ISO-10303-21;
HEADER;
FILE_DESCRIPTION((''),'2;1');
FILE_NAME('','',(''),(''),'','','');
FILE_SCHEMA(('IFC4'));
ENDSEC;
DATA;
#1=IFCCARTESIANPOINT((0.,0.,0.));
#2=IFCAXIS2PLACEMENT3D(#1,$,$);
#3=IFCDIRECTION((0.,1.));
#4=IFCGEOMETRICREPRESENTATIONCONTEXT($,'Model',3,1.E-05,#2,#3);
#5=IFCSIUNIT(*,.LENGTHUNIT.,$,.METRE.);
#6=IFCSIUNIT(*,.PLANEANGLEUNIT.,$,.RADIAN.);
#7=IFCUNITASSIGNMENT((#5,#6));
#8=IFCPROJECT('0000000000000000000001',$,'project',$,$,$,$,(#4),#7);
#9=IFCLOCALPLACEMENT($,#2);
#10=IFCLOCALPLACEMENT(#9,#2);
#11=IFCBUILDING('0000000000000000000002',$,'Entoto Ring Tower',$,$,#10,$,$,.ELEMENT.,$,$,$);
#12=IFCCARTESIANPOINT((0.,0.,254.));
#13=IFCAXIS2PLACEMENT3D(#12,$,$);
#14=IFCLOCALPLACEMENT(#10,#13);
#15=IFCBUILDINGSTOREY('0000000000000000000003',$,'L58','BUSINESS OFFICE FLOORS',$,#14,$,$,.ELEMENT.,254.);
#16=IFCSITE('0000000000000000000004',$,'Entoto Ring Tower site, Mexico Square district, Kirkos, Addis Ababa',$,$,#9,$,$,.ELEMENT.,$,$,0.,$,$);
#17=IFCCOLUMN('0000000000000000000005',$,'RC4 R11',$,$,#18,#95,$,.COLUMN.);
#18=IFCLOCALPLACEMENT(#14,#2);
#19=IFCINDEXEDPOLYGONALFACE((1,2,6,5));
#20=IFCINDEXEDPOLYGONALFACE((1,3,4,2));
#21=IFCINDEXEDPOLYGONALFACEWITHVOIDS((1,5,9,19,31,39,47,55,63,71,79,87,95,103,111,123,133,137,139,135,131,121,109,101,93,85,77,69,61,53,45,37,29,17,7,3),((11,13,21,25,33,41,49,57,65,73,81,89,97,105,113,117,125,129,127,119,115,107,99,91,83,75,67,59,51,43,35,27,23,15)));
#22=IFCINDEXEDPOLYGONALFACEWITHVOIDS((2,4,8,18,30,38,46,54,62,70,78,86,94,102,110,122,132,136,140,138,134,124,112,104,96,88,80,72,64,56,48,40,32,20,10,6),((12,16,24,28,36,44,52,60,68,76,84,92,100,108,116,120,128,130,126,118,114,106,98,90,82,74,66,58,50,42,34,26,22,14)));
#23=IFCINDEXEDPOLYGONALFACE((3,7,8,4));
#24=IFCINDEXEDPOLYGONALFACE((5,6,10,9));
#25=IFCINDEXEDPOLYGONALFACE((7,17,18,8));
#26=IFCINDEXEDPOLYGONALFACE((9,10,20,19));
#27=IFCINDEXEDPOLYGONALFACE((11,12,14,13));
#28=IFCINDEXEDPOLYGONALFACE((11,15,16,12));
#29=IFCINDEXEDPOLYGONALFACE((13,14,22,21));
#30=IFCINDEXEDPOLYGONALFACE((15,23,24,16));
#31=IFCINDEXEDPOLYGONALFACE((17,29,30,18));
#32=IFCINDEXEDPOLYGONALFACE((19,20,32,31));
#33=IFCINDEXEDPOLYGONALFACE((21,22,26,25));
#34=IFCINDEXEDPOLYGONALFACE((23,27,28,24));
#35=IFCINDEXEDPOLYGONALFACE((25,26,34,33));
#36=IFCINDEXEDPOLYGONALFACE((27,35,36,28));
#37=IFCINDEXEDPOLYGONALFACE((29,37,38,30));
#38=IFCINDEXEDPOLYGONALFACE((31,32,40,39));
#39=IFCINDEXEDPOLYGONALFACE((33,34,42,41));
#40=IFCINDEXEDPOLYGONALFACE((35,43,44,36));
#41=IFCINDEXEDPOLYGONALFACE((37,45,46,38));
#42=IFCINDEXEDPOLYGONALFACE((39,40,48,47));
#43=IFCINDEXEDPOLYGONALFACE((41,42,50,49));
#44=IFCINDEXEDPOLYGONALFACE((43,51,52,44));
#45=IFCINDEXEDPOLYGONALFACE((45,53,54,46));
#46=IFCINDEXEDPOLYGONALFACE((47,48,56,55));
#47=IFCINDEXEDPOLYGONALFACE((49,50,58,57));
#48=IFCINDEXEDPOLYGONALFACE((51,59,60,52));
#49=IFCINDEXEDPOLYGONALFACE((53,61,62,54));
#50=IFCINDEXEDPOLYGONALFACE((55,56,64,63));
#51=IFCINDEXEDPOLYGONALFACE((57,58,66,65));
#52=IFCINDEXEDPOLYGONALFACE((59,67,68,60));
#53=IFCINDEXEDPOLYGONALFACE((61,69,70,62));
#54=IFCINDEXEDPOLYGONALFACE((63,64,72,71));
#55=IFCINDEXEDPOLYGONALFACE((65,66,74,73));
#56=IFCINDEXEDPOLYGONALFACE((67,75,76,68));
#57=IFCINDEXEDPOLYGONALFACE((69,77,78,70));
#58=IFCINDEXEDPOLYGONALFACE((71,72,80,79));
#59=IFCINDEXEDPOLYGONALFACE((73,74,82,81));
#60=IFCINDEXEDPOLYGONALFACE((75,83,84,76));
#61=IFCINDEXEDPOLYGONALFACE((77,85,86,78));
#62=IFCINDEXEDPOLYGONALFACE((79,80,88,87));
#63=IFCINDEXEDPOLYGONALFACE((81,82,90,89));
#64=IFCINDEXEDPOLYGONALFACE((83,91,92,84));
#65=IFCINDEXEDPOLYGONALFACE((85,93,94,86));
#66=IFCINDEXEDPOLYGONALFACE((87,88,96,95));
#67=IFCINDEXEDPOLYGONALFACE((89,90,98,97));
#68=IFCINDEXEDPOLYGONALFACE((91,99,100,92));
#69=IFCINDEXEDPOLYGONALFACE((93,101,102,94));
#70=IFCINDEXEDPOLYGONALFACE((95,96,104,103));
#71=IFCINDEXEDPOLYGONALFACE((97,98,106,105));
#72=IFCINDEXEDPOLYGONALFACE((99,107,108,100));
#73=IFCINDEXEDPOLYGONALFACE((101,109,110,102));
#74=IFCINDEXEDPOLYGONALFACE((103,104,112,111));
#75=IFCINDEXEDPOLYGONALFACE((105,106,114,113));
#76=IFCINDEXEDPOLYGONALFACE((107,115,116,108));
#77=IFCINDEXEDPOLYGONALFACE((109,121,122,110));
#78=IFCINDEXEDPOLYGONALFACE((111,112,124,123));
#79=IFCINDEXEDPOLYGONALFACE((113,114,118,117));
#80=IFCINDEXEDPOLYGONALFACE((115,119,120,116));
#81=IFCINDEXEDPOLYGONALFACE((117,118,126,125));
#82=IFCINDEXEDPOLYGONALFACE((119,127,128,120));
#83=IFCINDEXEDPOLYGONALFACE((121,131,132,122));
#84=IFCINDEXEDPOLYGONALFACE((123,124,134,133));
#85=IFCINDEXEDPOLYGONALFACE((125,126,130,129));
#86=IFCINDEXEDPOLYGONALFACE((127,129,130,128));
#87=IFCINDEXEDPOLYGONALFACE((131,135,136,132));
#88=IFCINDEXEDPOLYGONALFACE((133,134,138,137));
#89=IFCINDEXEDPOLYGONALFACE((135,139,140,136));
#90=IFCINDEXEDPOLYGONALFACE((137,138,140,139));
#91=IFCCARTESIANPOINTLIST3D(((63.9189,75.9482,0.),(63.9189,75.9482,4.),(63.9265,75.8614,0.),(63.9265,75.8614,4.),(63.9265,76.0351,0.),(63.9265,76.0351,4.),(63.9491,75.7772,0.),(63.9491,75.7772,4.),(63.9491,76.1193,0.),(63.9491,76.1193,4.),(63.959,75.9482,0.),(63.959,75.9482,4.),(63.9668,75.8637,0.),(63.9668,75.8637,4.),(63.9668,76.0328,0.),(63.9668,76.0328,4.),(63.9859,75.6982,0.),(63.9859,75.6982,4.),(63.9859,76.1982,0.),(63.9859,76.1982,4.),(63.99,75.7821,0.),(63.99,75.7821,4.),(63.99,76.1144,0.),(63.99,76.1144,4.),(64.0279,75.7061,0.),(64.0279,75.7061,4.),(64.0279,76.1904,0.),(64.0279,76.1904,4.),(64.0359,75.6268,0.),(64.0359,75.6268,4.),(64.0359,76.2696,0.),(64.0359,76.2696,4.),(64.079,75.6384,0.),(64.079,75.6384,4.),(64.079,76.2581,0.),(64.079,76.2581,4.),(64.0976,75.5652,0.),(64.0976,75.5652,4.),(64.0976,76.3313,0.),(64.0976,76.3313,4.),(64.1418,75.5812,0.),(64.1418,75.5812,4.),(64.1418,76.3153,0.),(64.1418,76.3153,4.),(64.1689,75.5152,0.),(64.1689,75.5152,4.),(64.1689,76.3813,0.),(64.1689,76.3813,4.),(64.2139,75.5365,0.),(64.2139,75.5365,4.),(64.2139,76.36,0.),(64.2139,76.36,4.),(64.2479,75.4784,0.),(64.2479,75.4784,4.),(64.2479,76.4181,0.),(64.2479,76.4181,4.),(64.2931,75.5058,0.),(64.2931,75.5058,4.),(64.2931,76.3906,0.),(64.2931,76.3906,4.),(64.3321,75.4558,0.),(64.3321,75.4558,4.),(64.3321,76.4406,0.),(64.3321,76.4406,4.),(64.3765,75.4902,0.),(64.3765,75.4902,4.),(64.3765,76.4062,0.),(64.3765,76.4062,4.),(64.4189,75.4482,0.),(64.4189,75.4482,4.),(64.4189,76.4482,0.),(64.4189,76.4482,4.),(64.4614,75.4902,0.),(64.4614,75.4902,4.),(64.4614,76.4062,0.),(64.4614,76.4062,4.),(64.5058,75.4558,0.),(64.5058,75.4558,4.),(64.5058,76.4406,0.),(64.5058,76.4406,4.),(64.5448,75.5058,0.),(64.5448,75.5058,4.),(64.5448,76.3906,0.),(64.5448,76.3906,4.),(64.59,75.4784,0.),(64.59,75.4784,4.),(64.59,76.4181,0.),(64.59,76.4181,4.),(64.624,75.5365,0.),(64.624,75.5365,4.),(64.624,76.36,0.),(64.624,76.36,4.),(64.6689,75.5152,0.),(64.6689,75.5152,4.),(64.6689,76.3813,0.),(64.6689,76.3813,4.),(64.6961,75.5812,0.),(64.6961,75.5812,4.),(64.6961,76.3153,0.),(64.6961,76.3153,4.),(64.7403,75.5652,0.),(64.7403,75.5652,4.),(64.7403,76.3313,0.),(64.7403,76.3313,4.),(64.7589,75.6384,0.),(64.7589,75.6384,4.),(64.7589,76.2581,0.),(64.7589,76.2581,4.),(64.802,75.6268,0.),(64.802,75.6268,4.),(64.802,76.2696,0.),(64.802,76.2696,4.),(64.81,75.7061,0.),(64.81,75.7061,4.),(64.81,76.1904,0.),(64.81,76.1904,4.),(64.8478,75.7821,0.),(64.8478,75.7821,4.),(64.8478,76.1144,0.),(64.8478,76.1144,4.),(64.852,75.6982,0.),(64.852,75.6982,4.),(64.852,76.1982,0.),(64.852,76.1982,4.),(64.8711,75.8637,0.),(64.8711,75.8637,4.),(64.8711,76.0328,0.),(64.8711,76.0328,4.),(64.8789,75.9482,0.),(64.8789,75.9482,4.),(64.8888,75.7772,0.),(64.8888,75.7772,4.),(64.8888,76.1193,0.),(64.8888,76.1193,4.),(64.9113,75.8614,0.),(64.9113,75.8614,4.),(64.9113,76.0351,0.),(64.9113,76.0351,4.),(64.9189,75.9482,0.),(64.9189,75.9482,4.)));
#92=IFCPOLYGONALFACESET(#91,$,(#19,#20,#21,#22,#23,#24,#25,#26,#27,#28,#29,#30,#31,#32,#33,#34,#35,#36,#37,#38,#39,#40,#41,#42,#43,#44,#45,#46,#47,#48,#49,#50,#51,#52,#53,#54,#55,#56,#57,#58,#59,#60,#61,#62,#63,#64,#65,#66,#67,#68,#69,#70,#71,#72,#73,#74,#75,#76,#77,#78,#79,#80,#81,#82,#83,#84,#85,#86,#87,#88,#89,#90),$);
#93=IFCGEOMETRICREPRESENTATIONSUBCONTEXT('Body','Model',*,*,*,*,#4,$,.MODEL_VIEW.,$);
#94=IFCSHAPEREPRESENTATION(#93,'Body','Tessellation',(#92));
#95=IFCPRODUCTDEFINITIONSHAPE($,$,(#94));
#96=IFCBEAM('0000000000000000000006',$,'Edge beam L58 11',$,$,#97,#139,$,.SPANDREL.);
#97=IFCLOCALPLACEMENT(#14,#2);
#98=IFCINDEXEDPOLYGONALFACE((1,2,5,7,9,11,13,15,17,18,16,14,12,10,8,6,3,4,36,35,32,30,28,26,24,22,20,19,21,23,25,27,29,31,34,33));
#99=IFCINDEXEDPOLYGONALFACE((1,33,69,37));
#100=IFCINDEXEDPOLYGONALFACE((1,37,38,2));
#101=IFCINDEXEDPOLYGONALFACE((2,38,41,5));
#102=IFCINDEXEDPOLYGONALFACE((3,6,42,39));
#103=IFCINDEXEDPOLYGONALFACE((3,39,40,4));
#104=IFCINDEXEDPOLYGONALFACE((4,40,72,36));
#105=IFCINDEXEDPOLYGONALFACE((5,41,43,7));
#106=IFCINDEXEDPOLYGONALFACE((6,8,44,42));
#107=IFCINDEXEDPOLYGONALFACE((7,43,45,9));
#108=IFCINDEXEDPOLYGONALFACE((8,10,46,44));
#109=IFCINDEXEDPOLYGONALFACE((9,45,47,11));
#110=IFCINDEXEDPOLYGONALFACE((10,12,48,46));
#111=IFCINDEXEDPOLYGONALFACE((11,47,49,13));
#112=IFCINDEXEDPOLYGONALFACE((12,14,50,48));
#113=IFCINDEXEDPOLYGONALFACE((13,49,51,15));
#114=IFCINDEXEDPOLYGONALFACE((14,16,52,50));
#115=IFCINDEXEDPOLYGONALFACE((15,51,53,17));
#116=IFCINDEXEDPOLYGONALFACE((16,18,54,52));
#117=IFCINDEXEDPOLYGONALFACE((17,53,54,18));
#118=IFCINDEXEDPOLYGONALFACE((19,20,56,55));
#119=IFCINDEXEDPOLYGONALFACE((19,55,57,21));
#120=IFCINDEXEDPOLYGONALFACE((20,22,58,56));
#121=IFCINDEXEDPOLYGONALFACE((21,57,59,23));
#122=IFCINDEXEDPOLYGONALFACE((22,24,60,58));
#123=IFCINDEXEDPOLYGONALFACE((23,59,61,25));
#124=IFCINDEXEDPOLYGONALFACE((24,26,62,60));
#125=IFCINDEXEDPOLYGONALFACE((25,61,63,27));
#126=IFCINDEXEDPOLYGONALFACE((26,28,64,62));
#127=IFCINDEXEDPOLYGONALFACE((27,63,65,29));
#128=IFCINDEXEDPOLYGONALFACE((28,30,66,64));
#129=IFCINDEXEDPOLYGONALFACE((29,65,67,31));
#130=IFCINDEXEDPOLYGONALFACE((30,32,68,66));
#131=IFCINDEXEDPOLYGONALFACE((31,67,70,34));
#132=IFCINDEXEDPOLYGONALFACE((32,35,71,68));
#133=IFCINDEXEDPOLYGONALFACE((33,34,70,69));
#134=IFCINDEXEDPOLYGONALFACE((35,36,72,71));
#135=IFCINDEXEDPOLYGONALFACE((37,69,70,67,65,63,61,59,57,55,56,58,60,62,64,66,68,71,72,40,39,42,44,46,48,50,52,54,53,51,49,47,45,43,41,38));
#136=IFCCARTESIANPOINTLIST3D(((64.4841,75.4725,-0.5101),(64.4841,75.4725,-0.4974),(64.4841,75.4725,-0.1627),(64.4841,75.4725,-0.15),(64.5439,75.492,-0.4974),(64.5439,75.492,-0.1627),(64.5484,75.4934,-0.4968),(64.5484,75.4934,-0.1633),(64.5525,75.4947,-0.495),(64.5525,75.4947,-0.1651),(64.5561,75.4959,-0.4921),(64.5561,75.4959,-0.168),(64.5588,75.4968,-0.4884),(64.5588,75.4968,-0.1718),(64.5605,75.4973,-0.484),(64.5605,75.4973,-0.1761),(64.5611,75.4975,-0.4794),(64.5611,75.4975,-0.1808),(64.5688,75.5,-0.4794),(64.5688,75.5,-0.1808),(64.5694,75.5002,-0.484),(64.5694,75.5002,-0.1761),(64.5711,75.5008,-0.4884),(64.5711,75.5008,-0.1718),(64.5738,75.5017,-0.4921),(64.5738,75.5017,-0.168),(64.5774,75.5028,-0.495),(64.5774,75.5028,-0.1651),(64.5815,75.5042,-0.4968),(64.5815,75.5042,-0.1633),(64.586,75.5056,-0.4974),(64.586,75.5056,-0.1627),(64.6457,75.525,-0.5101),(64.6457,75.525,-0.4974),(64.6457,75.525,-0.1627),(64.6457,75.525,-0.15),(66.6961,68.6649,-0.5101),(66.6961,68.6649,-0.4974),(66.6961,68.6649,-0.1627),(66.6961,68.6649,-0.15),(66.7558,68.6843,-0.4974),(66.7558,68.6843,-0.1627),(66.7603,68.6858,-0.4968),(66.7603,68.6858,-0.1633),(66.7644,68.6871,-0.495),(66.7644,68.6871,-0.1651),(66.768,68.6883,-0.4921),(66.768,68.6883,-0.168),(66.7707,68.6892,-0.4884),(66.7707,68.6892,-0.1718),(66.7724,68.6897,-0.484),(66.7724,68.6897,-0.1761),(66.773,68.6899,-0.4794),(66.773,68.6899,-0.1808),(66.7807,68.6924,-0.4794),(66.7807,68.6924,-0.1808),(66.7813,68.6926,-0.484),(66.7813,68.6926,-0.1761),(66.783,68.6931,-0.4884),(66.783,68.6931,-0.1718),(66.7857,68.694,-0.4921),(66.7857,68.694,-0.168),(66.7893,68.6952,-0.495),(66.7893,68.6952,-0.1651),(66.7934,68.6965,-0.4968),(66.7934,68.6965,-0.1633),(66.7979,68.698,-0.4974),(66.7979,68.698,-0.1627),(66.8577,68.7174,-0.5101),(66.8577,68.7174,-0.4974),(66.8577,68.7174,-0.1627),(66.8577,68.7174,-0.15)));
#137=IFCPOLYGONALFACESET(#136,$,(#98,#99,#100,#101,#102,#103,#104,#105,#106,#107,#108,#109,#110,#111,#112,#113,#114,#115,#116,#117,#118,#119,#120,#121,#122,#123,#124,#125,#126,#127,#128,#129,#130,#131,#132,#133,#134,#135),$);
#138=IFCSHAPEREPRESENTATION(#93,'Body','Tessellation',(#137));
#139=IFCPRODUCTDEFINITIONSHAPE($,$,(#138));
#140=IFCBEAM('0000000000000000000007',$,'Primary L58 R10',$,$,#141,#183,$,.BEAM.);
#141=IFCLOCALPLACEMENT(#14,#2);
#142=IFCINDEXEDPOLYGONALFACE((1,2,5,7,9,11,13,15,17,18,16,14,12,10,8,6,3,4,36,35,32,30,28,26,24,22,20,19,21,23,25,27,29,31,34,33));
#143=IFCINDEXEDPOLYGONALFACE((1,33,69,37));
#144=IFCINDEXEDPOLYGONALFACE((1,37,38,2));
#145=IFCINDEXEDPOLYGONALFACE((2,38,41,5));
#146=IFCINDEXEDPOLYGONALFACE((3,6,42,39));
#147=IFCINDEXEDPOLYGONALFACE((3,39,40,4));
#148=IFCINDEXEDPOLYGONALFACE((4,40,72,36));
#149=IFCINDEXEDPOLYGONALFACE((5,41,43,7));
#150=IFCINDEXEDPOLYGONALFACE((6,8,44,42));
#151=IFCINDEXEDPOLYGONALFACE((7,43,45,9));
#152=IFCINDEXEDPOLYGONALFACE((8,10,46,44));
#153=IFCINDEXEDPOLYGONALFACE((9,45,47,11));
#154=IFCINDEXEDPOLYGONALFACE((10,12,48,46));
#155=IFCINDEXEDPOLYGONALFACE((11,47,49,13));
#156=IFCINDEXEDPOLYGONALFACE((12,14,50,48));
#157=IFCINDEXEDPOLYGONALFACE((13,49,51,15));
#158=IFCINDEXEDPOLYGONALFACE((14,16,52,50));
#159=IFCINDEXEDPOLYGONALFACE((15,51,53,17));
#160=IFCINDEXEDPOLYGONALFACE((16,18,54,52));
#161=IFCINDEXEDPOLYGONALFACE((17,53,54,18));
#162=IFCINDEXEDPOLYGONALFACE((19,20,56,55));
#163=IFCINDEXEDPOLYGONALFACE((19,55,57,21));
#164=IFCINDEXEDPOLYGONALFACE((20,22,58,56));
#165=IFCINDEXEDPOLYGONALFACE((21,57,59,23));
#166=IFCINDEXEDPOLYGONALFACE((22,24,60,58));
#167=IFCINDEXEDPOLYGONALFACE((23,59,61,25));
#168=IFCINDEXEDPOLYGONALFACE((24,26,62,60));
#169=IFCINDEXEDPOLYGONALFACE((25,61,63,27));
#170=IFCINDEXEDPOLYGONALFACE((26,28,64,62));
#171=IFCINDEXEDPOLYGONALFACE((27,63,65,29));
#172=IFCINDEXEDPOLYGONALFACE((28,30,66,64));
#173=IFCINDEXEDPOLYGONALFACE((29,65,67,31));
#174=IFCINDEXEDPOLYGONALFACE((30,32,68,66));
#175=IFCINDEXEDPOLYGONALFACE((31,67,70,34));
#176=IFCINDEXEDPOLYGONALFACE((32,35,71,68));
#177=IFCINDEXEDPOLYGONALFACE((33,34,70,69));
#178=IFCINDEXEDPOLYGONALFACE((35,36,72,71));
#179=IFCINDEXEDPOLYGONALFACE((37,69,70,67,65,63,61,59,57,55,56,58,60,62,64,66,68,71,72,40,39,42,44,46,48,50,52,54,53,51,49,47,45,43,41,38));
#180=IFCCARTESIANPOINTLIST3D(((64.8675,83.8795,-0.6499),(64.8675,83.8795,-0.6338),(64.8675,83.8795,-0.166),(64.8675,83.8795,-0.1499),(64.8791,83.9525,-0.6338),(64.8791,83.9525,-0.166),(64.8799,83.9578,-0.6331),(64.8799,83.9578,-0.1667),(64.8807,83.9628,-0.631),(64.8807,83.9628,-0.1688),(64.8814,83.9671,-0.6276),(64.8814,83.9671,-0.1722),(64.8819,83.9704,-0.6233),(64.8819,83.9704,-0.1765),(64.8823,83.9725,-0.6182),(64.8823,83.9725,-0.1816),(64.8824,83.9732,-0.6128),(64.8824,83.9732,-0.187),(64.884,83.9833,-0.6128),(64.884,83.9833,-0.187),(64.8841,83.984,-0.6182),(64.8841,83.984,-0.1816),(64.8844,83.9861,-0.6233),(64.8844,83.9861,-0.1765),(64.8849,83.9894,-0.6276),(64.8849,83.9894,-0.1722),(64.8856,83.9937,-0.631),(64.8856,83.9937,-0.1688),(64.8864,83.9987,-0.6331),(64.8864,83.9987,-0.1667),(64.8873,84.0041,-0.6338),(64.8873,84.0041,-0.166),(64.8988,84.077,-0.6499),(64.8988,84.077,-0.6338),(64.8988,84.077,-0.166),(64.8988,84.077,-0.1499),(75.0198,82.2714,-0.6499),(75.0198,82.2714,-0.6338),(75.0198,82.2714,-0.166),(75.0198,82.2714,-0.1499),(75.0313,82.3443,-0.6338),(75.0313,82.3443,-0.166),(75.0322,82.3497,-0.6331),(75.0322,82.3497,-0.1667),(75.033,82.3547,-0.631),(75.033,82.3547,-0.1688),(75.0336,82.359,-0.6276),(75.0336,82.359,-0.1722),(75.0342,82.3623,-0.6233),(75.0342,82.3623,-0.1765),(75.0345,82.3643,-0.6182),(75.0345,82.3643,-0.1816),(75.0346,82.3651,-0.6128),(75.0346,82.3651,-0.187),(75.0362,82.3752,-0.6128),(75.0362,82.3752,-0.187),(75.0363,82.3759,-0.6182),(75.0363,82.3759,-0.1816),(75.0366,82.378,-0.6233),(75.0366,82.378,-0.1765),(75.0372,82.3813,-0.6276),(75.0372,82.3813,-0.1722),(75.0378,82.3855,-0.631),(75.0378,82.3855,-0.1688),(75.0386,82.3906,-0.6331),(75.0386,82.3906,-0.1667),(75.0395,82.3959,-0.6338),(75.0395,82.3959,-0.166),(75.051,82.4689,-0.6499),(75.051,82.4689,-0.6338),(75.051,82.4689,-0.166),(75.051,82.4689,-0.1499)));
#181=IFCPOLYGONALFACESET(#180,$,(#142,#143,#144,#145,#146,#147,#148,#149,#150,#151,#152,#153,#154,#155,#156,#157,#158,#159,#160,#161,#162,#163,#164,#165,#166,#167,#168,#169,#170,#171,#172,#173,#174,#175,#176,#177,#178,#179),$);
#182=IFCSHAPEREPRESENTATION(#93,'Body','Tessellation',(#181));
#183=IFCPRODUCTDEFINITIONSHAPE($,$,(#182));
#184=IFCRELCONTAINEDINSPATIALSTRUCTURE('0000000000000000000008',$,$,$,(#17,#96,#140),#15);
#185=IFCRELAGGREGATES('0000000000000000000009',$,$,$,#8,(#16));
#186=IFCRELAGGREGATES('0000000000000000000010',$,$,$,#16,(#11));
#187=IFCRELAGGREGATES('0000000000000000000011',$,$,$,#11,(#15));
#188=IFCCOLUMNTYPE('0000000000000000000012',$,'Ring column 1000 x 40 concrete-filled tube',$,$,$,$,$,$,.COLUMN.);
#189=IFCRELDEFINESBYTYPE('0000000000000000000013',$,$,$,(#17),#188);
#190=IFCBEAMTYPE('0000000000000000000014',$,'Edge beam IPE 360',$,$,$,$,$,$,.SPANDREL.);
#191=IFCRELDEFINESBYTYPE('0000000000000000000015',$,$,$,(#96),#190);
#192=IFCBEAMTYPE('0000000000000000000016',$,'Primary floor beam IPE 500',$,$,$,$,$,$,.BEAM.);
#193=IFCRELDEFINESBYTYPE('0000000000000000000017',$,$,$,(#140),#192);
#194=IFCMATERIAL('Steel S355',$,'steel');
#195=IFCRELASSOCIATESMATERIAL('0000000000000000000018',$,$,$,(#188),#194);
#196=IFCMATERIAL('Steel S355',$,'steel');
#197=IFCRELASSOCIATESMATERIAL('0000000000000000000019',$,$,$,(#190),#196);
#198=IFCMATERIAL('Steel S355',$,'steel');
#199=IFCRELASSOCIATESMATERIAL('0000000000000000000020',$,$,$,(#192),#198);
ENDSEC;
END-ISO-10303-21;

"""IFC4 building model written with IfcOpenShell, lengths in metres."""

from ifc_helpers import new_model, si_unit, direction, frame, origin, origin_2d, place, context, subcontext, project, spatial, circle, hollow_circle, i_section, extrude, material, material_profile, profile_set, type_object, element, save


model = new_model("IFC4")

# Units and contexts
model_context = context("Model", 3, precision=1e-05, world=origin(), true_north=direction((0.0, 1.0)))
body_context = subcontext(model_context, "Body", "Model", "MODEL_VIEW")
ifc_project = project(units=[si_unit("LENGTHUNIT", "METRE"), si_unit("PLANEANGLEUNIT", "RADIAN")], contexts=[model_context])

# Site, building, storey
site_placement = place(None, origin())
site = spatial("IfcSite", under=ifc_project, at=site_placement, Name="Entoto Ring Tower site, Mexico Square district, Kirkos, Addis Ababa", CompositionType="ELEMENT", RefElevation=0.0)
building_placement = place(site_placement, origin())
building = spatial("IfcBuilding", under=site, at=building_placement, Name="Entoto Ring Tower", CompositionType="ELEMENT")
storey_placement = place(building_placement, frame((0.0, 0.0, 254.0)))
storey = spatial("IfcBuildingStorey", under=building, at=storey_placement, Name="L58", Description="BUSINESS OFFICE FLOORS", CompositionType="ELEMENT", Elevation=254.0)

# Column
ifc_material_1 = material(Name="Steel S355", Category="steel")
ifc_material_profile_1 = material_profile(ifc_material_1, hollow_circle(Radius=0.5, WallThickness=0.04, at=origin_2d()), Name="CHS 1000 x 40")
ifc_material_2 = material(Name="Concrete C60/75", Category="concrete")
ifc_material_profile_2 = material_profile(ifc_material_2, circle(Radius=0.46, at=origin_2d()), Name="Concrete C60/75 infill")
ifc_profile_set_1 = profile_set([ifc_material_profile_1, ifc_material_profile_2], Name="Steel S355")
column_type = type_object("IfcColumnType", Name="Ring column 1000 x 40 concrete-filled tube", PredefinedType="COLUMN", material=ifc_profile_set_1)
column_placement = place(storey_placement, frame((64.4189, 75.9482, 0.0), z_axis=(0.0, 0.0, 1.0), x_axis=(1.0, 0.0, 0.0)))
element("IfcColumn", 1, at=column_placement, inside=storey, type_object=column_type, Name="RC4 R11", PredefinedType="COLUMN", context=body_context, shape_type="SweptSolid", body=[
    extrude(hollow_circle(Radius=0.5, WallThickness=0.04, at=origin_2d()), origin(), (0.0, 0.0, 1.0), 4.0),
])

# Beams
ifc_material_3 = material(Name="Steel S355", Category="steel")
ifc_material_profile_3 = material_profile(ifc_material_3, i_section(OverallWidth=0.1699, OverallDepth=0.3601, WebThickness=0.0081, FlangeThickness=0.0127, FilletRadius=0.0181, at=origin_2d()), Name="IPE 360")
ifc_profile_set_2 = profile_set([ifc_material_profile_3], Name="Steel S355")
beam_type_1 = type_object("IfcBeamType", Name="Edge beam IPE 360", PredefinedType="SPANDREL", material=ifc_profile_set_2)
beam_1_placement = place(storey_placement, frame((64.5649, 75.4988, -0.3301), z_axis=(0.309015, -0.951057, 0.0), x_axis=(0.951057, 0.309015, 0.0)))
element("IfcBeam", 2, at=beam_1_placement, inside=storey, type_object=beam_type_1, Name="Edge beam L58 11", PredefinedType="SPANDREL", context=body_context, shape_type="SweptSolid", body=[
    extrude(i_section(OverallWidth=0.1699, OverallDepth=0.3601, WebThickness=0.0081, FlangeThickness=0.0127, FilletRadius=0.0181, at=origin_2d()), origin(), (0.0, 0.0, 1.0), 7.158),
])
ifc_material_4 = material(Name="Steel S355", Category="steel")
ifc_material_profile_4 = material_profile(ifc_material_4, i_section(OverallWidth=0.2, OverallDepth=0.5, WebThickness=0.0103, FlangeThickness=0.0161, FilletRadius=0.021, at=origin_2d()), Name="IPE 500")
ifc_profile_set_3 = profile_set([ifc_material_profile_4], Name="Steel S355")
beam_type_2 = type_object("IfcBeamType", Name="Primary floor beam IPE 500", PredefinedType="BEAM", material=ifc_profile_set_3)
for number, where, z_axis, x_axis, name in (
    (3, (75.0354, 82.3701, -0.3999), (-0.987686, 0.156452, 0.0), (-0.156452, -0.987686, 0.0), "Primary L58 R10"),
):
    element("IfcBeam", number, at=place(storey_placement, frame(where, z_axis=z_axis, x_axis=x_axis)), inside=storey, type_object=beam_type_2, Name=name, PredefinedType="BEAM", context=body_context, shape_type="SweptSolid", body=[
        extrude(i_section(OverallWidth=0.2, OverallDepth=0.5, WebThickness=0.0103, FlangeThickness=0.0161, FilletRadius=0.021, at=origin_2d()), origin(), (0.0, 0.0, 1.0), 10.2788),
    ])

save(model, "model.ifc")
